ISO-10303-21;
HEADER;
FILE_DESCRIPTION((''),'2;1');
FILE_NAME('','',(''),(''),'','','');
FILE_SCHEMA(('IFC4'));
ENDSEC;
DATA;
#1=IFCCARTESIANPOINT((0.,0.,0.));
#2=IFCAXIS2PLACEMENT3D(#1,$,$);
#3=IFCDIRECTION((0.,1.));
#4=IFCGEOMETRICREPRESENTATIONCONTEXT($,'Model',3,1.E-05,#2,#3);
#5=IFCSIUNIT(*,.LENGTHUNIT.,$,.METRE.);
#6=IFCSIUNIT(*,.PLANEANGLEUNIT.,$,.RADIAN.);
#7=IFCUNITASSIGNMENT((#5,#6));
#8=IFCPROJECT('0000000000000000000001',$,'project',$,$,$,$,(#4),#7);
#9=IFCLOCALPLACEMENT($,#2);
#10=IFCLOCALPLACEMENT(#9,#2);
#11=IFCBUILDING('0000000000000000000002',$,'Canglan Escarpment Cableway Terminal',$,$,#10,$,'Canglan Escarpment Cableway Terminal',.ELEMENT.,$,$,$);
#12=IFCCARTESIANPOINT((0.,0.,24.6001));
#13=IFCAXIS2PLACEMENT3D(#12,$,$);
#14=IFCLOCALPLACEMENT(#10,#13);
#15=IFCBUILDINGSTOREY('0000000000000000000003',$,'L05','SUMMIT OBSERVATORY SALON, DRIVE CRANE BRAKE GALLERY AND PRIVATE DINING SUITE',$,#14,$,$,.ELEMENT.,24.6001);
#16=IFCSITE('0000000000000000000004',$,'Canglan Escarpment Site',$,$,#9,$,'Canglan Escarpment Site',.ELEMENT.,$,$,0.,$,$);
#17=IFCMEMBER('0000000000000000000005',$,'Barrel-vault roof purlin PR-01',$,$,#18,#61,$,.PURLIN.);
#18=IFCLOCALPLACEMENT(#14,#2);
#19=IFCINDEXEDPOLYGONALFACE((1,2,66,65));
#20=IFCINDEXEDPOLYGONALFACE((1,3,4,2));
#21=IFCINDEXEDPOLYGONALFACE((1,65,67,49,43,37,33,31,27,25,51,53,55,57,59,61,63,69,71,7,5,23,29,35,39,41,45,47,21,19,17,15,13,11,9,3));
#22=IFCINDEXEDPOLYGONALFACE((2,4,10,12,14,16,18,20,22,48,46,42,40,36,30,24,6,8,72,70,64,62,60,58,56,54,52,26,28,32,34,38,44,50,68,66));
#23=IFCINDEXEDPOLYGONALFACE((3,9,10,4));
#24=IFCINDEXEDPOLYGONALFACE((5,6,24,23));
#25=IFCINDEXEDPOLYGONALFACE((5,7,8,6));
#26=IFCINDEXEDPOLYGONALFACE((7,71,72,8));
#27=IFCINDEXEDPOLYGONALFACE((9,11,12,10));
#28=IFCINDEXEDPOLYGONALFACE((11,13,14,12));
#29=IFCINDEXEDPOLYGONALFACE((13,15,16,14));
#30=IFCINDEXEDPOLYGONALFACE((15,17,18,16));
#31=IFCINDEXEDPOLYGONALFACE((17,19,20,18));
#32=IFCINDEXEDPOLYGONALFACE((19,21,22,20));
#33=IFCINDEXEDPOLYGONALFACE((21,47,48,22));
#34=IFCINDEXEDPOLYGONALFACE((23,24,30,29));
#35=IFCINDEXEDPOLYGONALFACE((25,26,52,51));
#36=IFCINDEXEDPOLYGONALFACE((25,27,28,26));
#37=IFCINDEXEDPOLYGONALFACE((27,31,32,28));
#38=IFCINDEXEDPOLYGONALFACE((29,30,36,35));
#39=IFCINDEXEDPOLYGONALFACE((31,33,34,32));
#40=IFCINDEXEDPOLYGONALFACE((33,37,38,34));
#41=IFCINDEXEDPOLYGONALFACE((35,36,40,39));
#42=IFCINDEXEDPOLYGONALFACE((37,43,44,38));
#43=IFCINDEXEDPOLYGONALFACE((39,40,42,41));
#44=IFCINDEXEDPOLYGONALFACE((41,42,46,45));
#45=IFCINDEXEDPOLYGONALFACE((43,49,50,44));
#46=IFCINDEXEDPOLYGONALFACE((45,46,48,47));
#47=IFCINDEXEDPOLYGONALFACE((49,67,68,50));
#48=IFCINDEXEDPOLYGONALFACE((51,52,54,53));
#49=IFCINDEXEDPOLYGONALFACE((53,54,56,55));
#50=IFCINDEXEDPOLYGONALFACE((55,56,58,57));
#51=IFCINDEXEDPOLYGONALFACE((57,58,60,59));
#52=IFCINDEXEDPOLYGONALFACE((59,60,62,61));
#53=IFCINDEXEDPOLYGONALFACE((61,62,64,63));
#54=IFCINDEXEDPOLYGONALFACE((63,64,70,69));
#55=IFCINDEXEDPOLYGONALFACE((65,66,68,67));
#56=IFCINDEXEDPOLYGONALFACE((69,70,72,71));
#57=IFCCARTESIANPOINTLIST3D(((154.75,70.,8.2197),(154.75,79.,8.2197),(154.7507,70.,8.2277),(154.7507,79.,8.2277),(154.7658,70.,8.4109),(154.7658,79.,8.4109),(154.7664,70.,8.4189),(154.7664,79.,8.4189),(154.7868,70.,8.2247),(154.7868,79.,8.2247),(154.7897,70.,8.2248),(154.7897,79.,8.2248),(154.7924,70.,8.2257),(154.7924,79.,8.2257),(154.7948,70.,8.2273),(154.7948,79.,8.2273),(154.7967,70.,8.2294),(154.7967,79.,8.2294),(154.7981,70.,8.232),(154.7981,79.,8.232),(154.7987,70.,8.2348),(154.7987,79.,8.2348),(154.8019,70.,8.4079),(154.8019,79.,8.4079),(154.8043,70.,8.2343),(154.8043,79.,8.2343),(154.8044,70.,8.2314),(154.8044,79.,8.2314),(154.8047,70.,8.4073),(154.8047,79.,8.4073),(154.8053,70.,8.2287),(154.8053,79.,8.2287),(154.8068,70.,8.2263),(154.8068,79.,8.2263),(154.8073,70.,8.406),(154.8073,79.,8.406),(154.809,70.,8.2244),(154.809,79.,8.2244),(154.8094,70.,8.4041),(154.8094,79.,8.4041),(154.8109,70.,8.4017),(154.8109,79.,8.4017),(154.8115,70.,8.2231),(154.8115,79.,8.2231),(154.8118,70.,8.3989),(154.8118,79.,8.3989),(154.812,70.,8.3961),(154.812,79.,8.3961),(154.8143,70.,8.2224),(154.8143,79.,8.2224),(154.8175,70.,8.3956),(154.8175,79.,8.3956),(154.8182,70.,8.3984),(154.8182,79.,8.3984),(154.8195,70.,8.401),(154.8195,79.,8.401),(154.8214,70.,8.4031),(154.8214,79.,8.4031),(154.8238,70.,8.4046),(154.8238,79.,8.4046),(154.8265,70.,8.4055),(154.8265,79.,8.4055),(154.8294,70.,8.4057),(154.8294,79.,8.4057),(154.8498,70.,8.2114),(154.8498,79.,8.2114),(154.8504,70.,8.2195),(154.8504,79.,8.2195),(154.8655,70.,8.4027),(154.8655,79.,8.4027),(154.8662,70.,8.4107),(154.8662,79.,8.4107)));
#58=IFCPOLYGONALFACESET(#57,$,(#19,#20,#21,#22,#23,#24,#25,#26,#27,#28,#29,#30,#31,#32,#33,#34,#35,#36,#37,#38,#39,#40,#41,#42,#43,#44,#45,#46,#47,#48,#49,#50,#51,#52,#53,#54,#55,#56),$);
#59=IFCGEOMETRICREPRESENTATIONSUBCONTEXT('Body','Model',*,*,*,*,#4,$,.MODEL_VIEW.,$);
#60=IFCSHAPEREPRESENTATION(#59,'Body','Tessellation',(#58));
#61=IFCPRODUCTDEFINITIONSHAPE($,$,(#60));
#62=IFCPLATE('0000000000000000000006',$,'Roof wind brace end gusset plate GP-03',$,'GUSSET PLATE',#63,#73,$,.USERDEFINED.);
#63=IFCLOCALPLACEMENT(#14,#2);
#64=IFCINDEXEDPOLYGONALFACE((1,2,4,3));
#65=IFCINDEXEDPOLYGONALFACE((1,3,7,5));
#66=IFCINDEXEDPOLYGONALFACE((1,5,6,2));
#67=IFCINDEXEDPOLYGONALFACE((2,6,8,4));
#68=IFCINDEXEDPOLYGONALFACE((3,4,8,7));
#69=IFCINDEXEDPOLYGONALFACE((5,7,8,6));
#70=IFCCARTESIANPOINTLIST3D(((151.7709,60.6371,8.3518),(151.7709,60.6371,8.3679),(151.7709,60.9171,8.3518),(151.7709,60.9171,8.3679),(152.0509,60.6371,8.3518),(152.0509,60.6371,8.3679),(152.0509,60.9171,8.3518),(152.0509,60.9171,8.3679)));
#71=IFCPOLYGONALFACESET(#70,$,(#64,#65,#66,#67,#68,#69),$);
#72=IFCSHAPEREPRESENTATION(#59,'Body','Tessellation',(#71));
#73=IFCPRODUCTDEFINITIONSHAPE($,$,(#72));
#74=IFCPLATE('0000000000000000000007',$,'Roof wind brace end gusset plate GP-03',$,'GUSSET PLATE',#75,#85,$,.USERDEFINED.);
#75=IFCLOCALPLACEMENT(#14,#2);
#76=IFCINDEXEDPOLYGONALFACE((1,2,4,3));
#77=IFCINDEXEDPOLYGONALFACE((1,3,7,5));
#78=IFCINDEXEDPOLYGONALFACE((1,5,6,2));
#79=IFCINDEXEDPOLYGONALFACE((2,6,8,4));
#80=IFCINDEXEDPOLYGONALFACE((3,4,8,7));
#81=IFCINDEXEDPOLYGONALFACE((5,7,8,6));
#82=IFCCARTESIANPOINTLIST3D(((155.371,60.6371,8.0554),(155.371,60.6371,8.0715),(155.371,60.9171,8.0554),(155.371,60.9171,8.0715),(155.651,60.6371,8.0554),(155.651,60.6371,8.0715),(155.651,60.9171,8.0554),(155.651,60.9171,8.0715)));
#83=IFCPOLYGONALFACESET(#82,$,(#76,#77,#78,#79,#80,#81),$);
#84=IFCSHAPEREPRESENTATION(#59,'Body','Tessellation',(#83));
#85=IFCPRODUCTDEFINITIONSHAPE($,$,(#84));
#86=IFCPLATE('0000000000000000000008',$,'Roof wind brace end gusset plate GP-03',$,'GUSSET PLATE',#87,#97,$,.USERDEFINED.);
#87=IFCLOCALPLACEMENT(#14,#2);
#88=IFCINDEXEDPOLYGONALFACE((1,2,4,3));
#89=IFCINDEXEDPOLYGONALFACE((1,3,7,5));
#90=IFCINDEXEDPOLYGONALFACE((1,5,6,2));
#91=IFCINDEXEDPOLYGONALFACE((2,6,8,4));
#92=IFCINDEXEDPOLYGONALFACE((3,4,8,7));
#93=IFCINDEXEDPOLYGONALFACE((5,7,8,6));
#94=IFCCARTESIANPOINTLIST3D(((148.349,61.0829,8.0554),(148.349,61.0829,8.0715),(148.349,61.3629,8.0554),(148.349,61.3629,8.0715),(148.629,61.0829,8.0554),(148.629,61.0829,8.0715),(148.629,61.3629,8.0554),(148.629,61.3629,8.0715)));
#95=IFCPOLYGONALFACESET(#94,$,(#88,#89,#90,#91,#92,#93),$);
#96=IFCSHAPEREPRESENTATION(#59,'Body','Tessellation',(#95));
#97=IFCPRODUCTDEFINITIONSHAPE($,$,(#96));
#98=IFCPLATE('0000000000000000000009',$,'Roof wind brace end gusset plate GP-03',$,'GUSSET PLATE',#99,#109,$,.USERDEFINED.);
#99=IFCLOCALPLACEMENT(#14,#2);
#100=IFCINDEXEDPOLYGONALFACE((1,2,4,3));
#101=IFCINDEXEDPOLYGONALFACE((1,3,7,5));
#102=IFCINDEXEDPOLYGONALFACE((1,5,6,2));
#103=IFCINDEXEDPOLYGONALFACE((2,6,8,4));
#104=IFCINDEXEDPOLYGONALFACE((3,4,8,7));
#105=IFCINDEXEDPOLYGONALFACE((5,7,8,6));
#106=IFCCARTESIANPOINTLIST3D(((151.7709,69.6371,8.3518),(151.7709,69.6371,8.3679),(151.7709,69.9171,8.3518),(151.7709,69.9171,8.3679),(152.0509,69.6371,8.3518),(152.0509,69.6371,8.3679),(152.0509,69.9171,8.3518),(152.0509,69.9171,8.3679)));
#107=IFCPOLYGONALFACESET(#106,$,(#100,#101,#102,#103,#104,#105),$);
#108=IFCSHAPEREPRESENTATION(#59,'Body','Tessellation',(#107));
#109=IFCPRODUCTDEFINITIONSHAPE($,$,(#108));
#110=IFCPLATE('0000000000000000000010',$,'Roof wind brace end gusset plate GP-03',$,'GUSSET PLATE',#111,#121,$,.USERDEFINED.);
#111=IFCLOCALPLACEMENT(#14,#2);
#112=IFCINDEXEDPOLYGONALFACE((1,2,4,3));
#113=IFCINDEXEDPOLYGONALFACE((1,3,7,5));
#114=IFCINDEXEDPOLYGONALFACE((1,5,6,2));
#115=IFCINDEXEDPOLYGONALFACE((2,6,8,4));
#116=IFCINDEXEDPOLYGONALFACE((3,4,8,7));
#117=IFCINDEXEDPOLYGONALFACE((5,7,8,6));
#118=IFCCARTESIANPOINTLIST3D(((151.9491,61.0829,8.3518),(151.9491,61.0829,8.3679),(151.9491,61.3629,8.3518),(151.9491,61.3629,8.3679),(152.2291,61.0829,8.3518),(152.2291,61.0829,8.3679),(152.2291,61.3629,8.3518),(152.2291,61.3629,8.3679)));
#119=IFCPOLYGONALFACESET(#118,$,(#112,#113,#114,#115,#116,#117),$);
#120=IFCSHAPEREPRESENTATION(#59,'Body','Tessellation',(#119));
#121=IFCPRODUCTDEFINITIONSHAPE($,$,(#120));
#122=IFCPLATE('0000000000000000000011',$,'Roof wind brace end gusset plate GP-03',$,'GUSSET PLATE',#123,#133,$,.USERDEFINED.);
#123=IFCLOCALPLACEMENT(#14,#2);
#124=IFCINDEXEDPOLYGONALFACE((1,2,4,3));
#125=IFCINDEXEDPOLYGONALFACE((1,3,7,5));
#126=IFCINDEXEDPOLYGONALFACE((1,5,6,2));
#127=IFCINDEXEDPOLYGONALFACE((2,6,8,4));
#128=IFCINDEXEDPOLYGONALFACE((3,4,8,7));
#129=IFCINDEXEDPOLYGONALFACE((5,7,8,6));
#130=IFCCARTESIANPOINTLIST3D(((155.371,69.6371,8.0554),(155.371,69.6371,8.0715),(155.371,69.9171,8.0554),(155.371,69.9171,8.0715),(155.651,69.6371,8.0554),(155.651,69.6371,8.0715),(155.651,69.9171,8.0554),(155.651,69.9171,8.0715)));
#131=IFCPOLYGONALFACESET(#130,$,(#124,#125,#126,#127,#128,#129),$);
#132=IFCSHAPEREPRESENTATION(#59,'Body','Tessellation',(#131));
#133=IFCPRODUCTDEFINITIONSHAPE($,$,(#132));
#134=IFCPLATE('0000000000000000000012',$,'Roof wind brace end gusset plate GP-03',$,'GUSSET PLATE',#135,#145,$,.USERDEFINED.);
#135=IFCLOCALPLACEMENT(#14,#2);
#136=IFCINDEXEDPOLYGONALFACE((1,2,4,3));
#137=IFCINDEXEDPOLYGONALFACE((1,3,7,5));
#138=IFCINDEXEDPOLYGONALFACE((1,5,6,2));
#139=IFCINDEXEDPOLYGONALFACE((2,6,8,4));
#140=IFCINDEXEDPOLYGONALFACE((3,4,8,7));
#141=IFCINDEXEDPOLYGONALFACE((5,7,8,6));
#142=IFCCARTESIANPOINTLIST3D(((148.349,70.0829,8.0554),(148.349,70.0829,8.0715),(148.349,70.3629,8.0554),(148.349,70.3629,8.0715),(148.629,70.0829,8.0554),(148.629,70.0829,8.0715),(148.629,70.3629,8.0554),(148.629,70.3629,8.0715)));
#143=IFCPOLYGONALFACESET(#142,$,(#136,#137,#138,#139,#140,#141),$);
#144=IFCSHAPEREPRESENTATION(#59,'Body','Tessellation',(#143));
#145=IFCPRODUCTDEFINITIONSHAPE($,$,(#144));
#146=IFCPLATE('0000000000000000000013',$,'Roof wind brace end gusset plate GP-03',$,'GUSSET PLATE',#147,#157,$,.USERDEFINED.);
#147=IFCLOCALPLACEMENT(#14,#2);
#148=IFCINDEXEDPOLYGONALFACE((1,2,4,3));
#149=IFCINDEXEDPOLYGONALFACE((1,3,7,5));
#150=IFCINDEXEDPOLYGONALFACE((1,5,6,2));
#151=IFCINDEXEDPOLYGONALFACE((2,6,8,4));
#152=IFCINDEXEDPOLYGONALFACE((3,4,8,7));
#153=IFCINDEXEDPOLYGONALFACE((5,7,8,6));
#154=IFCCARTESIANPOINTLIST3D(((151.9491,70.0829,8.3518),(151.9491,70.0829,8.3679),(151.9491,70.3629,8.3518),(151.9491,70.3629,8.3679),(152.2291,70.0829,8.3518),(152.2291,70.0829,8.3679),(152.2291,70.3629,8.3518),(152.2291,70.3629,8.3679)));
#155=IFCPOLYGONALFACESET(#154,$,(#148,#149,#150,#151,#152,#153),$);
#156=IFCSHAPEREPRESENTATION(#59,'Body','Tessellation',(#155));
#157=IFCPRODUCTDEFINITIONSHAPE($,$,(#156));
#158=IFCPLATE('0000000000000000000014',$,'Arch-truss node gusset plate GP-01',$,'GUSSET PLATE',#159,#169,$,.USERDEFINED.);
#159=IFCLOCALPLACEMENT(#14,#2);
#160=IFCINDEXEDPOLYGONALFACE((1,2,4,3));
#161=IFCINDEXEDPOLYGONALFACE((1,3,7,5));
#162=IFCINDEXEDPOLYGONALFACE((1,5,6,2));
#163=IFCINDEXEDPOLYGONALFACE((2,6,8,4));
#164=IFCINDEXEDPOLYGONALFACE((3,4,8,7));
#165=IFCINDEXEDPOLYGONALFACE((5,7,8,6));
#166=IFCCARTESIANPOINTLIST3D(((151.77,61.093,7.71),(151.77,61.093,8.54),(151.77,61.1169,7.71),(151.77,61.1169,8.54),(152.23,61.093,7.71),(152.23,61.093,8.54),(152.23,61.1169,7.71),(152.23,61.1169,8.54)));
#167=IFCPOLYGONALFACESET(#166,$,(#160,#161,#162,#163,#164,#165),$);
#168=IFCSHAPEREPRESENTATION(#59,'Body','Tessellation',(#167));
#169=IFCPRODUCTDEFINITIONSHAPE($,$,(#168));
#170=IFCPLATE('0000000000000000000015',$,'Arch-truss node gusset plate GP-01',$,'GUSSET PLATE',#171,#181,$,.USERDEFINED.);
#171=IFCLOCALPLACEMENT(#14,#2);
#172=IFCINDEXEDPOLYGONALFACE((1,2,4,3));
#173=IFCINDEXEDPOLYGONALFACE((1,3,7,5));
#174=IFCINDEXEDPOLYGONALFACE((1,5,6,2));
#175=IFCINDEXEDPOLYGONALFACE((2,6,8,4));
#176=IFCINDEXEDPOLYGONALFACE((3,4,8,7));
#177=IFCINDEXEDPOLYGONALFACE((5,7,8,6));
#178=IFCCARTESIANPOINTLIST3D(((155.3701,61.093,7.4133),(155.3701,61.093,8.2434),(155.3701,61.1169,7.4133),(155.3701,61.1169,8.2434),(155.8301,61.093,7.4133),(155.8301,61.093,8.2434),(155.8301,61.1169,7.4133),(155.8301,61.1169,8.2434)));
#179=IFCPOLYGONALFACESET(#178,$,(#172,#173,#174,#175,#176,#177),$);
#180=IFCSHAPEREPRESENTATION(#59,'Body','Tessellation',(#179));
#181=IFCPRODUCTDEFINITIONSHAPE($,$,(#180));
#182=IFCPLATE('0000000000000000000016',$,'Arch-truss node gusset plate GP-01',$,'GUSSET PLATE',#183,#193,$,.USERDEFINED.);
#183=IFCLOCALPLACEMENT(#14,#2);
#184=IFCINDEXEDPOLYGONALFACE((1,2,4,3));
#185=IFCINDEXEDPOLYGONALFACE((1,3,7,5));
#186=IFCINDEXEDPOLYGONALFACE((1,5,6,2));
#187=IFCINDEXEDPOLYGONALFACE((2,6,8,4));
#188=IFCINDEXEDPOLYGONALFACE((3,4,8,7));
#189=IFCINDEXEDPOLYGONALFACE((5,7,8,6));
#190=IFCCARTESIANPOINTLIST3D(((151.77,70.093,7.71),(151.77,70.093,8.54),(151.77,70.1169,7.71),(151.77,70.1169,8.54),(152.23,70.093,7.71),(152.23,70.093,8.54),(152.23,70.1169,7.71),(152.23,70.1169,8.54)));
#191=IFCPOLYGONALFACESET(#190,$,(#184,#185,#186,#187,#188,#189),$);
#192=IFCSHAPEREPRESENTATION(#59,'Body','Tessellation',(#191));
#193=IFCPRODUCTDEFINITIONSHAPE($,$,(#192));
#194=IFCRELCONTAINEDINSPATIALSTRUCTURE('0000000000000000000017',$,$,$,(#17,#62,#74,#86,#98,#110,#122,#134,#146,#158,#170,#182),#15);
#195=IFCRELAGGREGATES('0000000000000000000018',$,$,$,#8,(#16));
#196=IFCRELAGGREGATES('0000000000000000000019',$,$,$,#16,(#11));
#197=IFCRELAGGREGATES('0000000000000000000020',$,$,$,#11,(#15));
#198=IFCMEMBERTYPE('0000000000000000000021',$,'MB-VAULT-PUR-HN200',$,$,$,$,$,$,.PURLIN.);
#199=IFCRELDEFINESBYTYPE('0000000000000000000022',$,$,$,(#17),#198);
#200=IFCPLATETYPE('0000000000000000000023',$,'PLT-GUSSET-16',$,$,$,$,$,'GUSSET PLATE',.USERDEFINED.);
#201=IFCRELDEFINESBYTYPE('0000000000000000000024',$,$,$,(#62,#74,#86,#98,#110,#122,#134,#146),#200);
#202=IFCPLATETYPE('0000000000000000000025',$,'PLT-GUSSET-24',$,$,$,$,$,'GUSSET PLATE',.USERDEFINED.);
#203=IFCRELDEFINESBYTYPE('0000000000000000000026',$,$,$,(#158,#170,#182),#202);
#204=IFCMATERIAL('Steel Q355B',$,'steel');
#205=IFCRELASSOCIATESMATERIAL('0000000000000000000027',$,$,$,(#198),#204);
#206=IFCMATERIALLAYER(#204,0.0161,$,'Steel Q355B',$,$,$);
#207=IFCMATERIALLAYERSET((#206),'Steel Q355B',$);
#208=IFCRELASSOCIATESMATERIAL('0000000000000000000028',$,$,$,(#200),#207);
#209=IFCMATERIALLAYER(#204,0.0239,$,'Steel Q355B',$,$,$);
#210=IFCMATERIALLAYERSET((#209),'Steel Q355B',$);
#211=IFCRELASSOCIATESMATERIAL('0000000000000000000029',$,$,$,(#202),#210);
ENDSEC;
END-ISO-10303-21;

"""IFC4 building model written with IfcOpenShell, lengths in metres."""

from ifc_helpers import new_model, si_unit, direction, frame, origin, origin_2d, place, context, subcontext, project, spatial, rectangle, i_section, extrude, material, layer, layer_set, material_profile, profile_set, type_object, element, save


model = new_model("IFC4")

# Units and contexts
model_context = context("Model", 3, precision=1e-05, world=origin(), true_north=direction((0.0, 1.0)))
body_context = subcontext(model_context, "Body", "Model", "MODEL_VIEW")
ifc_project = project(units=[si_unit("LENGTHUNIT", "METRE"), si_unit("PLANEANGLEUNIT", "RADIAN")], contexts=[model_context])

# Site, building, storey
site_placement = place(None, origin())
site = spatial("IfcSite", under=ifc_project, at=site_placement, Name="Canglan Escarpment Site", LongName="Canglan Escarpment Site", CompositionType="ELEMENT", RefElevation=0.0)
building_placement = place(site_placement, origin())
building = spatial("IfcBuilding", under=site, at=building_placement, Name="Canglan Escarpment Cableway Terminal", LongName="Canglan Escarpment Cableway Terminal", CompositionType="ELEMENT")
storey_placement = place(building_placement, frame((0.0, 0.0, 24.6001)))
storey = spatial("IfcBuildingStorey", under=building, at=storey_placement, Name="L05", Description="SUMMIT OBSERVATORY SALON, DRIVE CRANE BRAKE GALLERY AND PRIVATE DINING SUITE", CompositionType="ELEMENT", Elevation=24.6001)

# Shared definitions
ifc_material = material(Name="Steel Q355B", Category="steel")

# Member
ifc_material_profile_1 = material_profile(ifc_material, i_section(OverallWidth=0.1001, OverallDepth=0.2, WebThickness=0.0056, FlangeThickness=0.0081, FilletRadius=0.011, at=origin_2d()), Name="HN 200x100x5.5x8")
ifc_profile_set_1 = profile_set([ifc_material_profile_1], Name="Steel Q355B")
member_type_1 = type_object("IfcMemberType", Name="MB-VAULT-PUR-HN200", PredefinedType="PURLIN", material=ifc_profile_set_1)
for number, where, z_axis, x_axis, name in (
    (1, (154.8081, 70.0, 8.3152), (0.0, 1.0, 0.0), (-0.996626, 0.0, 0.082078), "Barrel-vault roof purlin PR-01"),
):
    element("IfcMember", number, at=place(storey_placement, frame(where, z_axis=z_axis, x_axis=x_axis)), inside=storey, type_object=member_type_1, Name=name, PredefinedType="PURLIN", context=body_context, shape_type="SweptSolid", body=[
        extrude(i_section(OverallWidth=0.1001, OverallDepth=0.2, WebThickness=0.0056, FlangeThickness=0.0081, FilletRadius=0.011, at=origin_2d()), origin(), (0.0, 0.0, 1.0), 9.0),
    ])

# Plates
ifc_layer_1 = layer(ifc_material, 0.0161, Name="Steel Q355B")
ifc_layer_set_1 = layer_set([ifc_layer_1], Name="Steel Q355B")
plate_type_1 = type_object("IfcPlateType", Name="PLT-GUSSET-16", ElementType="GUSSET PLATE", PredefinedType="USERDEFINED", material=ifc_layer_set_1)
for number, where, z_axis, x_axis, name in (
    (2, (151.9109, 60.7771, 8.3518), (0.0, 0.0, 1.0), (1.0, 0.0, 0.0), "Roof wind brace end gusset plate GP-03"),
    (3, (155.511, 60.7771, 8.0554), (0.0, 0.0, 1.0), (1.0, 0.0, 0.0), "Roof wind brace end gusset plate GP-03"),
    (4, (148.489, 61.2229, 8.0554), (0.0, 0.0, 1.0), (1.0, 0.0, 0.0), "Roof wind brace end gusset plate GP-03"),
    (5, (151.9109, 69.7771, 8.3518), (0.0, 0.0, 1.0), (1.0, 0.0, 0.0), "Roof wind brace end gusset plate GP-03"),
    (6, (152.0891, 61.2229, 8.3518), (0.0, 0.0, 1.0), (1.0, 0.0, 0.0), "Roof wind brace end gusset plate GP-03"),
    (7, (155.511, 69.7771, 8.0554), (0.0, 0.0, 1.0), (1.0, 0.0, 0.0), "Roof wind brace end gusset plate GP-03"),
    (8, (148.489, 70.2229, 8.0554), (0.0, 0.0, 1.0), (1.0, 0.0, 0.0), "Roof wind brace end gusset plate GP-03"),
    (9, (152.0891, 70.2229, 8.3518), (0.0, 0.0, 1.0), (1.0, 0.0, 0.0), "Roof wind brace end gusset plate GP-03"),
):
    element("IfcPlate", number, at=place(storey_placement, frame(where, z_axis=z_axis, x_axis=x_axis)), inside=storey, type_object=plate_type_1, Name=name, ObjectType="GUSSET PLATE", PredefinedType="USERDEFINED", context=body_context, shape_type="SweptSolid", body=[
        extrude(rectangle(XDim=0.28, YDim=0.28, at=origin_2d()), origin(), (0.0, 0.0, 1.0), 0.0161),
    ])
ifc_layer_2 = layer(ifc_material, 0.0239, Name="Steel Q355B")
ifc_layer_set_2 = layer_set([ifc_layer_2], Name="Steel Q355B")
plate_type_2 = type_object("IfcPlateType", Name="PLT-GUSSET-24", ElementType="GUSSET PLATE", PredefinedType="USERDEFINED", material=ifc_layer_set_2)
for number, where, z_axis, x_axis, name in (
    (10, (152.0, 61.105, 7.71), (0.0, 0.0, 1.0), (1.0, 0.0, 0.0), "Arch-truss node gusset plate GP-01"),
    (11, (155.6001, 61.105, 7.4133), (0.0, 0.0, 1.0), (1.0, 0.0, 0.0), "Arch-truss node gusset plate GP-01"),
    (12, (152.0, 70.105, 7.71), (0.0, 0.0, 1.0), (1.0, 0.0, 0.0), "Arch-truss node gusset plate GP-01"),
):
    element("IfcPlate", number, at=place(storey_placement, frame(where, z_axis=z_axis, x_axis=x_axis)), inside=storey, type_object=plate_type_2, Name=name, ObjectType="GUSSET PLATE", PredefinedType="USERDEFINED", context=body_context, shape_type="SweptSolid", body=[
        extrude(rectangle(XDim=0.46, YDim=0.0239, at=origin_2d()), origin(), (0.0, 0.0, 1.0), 0.8301),
    ])

save(model, "model.ifc")
